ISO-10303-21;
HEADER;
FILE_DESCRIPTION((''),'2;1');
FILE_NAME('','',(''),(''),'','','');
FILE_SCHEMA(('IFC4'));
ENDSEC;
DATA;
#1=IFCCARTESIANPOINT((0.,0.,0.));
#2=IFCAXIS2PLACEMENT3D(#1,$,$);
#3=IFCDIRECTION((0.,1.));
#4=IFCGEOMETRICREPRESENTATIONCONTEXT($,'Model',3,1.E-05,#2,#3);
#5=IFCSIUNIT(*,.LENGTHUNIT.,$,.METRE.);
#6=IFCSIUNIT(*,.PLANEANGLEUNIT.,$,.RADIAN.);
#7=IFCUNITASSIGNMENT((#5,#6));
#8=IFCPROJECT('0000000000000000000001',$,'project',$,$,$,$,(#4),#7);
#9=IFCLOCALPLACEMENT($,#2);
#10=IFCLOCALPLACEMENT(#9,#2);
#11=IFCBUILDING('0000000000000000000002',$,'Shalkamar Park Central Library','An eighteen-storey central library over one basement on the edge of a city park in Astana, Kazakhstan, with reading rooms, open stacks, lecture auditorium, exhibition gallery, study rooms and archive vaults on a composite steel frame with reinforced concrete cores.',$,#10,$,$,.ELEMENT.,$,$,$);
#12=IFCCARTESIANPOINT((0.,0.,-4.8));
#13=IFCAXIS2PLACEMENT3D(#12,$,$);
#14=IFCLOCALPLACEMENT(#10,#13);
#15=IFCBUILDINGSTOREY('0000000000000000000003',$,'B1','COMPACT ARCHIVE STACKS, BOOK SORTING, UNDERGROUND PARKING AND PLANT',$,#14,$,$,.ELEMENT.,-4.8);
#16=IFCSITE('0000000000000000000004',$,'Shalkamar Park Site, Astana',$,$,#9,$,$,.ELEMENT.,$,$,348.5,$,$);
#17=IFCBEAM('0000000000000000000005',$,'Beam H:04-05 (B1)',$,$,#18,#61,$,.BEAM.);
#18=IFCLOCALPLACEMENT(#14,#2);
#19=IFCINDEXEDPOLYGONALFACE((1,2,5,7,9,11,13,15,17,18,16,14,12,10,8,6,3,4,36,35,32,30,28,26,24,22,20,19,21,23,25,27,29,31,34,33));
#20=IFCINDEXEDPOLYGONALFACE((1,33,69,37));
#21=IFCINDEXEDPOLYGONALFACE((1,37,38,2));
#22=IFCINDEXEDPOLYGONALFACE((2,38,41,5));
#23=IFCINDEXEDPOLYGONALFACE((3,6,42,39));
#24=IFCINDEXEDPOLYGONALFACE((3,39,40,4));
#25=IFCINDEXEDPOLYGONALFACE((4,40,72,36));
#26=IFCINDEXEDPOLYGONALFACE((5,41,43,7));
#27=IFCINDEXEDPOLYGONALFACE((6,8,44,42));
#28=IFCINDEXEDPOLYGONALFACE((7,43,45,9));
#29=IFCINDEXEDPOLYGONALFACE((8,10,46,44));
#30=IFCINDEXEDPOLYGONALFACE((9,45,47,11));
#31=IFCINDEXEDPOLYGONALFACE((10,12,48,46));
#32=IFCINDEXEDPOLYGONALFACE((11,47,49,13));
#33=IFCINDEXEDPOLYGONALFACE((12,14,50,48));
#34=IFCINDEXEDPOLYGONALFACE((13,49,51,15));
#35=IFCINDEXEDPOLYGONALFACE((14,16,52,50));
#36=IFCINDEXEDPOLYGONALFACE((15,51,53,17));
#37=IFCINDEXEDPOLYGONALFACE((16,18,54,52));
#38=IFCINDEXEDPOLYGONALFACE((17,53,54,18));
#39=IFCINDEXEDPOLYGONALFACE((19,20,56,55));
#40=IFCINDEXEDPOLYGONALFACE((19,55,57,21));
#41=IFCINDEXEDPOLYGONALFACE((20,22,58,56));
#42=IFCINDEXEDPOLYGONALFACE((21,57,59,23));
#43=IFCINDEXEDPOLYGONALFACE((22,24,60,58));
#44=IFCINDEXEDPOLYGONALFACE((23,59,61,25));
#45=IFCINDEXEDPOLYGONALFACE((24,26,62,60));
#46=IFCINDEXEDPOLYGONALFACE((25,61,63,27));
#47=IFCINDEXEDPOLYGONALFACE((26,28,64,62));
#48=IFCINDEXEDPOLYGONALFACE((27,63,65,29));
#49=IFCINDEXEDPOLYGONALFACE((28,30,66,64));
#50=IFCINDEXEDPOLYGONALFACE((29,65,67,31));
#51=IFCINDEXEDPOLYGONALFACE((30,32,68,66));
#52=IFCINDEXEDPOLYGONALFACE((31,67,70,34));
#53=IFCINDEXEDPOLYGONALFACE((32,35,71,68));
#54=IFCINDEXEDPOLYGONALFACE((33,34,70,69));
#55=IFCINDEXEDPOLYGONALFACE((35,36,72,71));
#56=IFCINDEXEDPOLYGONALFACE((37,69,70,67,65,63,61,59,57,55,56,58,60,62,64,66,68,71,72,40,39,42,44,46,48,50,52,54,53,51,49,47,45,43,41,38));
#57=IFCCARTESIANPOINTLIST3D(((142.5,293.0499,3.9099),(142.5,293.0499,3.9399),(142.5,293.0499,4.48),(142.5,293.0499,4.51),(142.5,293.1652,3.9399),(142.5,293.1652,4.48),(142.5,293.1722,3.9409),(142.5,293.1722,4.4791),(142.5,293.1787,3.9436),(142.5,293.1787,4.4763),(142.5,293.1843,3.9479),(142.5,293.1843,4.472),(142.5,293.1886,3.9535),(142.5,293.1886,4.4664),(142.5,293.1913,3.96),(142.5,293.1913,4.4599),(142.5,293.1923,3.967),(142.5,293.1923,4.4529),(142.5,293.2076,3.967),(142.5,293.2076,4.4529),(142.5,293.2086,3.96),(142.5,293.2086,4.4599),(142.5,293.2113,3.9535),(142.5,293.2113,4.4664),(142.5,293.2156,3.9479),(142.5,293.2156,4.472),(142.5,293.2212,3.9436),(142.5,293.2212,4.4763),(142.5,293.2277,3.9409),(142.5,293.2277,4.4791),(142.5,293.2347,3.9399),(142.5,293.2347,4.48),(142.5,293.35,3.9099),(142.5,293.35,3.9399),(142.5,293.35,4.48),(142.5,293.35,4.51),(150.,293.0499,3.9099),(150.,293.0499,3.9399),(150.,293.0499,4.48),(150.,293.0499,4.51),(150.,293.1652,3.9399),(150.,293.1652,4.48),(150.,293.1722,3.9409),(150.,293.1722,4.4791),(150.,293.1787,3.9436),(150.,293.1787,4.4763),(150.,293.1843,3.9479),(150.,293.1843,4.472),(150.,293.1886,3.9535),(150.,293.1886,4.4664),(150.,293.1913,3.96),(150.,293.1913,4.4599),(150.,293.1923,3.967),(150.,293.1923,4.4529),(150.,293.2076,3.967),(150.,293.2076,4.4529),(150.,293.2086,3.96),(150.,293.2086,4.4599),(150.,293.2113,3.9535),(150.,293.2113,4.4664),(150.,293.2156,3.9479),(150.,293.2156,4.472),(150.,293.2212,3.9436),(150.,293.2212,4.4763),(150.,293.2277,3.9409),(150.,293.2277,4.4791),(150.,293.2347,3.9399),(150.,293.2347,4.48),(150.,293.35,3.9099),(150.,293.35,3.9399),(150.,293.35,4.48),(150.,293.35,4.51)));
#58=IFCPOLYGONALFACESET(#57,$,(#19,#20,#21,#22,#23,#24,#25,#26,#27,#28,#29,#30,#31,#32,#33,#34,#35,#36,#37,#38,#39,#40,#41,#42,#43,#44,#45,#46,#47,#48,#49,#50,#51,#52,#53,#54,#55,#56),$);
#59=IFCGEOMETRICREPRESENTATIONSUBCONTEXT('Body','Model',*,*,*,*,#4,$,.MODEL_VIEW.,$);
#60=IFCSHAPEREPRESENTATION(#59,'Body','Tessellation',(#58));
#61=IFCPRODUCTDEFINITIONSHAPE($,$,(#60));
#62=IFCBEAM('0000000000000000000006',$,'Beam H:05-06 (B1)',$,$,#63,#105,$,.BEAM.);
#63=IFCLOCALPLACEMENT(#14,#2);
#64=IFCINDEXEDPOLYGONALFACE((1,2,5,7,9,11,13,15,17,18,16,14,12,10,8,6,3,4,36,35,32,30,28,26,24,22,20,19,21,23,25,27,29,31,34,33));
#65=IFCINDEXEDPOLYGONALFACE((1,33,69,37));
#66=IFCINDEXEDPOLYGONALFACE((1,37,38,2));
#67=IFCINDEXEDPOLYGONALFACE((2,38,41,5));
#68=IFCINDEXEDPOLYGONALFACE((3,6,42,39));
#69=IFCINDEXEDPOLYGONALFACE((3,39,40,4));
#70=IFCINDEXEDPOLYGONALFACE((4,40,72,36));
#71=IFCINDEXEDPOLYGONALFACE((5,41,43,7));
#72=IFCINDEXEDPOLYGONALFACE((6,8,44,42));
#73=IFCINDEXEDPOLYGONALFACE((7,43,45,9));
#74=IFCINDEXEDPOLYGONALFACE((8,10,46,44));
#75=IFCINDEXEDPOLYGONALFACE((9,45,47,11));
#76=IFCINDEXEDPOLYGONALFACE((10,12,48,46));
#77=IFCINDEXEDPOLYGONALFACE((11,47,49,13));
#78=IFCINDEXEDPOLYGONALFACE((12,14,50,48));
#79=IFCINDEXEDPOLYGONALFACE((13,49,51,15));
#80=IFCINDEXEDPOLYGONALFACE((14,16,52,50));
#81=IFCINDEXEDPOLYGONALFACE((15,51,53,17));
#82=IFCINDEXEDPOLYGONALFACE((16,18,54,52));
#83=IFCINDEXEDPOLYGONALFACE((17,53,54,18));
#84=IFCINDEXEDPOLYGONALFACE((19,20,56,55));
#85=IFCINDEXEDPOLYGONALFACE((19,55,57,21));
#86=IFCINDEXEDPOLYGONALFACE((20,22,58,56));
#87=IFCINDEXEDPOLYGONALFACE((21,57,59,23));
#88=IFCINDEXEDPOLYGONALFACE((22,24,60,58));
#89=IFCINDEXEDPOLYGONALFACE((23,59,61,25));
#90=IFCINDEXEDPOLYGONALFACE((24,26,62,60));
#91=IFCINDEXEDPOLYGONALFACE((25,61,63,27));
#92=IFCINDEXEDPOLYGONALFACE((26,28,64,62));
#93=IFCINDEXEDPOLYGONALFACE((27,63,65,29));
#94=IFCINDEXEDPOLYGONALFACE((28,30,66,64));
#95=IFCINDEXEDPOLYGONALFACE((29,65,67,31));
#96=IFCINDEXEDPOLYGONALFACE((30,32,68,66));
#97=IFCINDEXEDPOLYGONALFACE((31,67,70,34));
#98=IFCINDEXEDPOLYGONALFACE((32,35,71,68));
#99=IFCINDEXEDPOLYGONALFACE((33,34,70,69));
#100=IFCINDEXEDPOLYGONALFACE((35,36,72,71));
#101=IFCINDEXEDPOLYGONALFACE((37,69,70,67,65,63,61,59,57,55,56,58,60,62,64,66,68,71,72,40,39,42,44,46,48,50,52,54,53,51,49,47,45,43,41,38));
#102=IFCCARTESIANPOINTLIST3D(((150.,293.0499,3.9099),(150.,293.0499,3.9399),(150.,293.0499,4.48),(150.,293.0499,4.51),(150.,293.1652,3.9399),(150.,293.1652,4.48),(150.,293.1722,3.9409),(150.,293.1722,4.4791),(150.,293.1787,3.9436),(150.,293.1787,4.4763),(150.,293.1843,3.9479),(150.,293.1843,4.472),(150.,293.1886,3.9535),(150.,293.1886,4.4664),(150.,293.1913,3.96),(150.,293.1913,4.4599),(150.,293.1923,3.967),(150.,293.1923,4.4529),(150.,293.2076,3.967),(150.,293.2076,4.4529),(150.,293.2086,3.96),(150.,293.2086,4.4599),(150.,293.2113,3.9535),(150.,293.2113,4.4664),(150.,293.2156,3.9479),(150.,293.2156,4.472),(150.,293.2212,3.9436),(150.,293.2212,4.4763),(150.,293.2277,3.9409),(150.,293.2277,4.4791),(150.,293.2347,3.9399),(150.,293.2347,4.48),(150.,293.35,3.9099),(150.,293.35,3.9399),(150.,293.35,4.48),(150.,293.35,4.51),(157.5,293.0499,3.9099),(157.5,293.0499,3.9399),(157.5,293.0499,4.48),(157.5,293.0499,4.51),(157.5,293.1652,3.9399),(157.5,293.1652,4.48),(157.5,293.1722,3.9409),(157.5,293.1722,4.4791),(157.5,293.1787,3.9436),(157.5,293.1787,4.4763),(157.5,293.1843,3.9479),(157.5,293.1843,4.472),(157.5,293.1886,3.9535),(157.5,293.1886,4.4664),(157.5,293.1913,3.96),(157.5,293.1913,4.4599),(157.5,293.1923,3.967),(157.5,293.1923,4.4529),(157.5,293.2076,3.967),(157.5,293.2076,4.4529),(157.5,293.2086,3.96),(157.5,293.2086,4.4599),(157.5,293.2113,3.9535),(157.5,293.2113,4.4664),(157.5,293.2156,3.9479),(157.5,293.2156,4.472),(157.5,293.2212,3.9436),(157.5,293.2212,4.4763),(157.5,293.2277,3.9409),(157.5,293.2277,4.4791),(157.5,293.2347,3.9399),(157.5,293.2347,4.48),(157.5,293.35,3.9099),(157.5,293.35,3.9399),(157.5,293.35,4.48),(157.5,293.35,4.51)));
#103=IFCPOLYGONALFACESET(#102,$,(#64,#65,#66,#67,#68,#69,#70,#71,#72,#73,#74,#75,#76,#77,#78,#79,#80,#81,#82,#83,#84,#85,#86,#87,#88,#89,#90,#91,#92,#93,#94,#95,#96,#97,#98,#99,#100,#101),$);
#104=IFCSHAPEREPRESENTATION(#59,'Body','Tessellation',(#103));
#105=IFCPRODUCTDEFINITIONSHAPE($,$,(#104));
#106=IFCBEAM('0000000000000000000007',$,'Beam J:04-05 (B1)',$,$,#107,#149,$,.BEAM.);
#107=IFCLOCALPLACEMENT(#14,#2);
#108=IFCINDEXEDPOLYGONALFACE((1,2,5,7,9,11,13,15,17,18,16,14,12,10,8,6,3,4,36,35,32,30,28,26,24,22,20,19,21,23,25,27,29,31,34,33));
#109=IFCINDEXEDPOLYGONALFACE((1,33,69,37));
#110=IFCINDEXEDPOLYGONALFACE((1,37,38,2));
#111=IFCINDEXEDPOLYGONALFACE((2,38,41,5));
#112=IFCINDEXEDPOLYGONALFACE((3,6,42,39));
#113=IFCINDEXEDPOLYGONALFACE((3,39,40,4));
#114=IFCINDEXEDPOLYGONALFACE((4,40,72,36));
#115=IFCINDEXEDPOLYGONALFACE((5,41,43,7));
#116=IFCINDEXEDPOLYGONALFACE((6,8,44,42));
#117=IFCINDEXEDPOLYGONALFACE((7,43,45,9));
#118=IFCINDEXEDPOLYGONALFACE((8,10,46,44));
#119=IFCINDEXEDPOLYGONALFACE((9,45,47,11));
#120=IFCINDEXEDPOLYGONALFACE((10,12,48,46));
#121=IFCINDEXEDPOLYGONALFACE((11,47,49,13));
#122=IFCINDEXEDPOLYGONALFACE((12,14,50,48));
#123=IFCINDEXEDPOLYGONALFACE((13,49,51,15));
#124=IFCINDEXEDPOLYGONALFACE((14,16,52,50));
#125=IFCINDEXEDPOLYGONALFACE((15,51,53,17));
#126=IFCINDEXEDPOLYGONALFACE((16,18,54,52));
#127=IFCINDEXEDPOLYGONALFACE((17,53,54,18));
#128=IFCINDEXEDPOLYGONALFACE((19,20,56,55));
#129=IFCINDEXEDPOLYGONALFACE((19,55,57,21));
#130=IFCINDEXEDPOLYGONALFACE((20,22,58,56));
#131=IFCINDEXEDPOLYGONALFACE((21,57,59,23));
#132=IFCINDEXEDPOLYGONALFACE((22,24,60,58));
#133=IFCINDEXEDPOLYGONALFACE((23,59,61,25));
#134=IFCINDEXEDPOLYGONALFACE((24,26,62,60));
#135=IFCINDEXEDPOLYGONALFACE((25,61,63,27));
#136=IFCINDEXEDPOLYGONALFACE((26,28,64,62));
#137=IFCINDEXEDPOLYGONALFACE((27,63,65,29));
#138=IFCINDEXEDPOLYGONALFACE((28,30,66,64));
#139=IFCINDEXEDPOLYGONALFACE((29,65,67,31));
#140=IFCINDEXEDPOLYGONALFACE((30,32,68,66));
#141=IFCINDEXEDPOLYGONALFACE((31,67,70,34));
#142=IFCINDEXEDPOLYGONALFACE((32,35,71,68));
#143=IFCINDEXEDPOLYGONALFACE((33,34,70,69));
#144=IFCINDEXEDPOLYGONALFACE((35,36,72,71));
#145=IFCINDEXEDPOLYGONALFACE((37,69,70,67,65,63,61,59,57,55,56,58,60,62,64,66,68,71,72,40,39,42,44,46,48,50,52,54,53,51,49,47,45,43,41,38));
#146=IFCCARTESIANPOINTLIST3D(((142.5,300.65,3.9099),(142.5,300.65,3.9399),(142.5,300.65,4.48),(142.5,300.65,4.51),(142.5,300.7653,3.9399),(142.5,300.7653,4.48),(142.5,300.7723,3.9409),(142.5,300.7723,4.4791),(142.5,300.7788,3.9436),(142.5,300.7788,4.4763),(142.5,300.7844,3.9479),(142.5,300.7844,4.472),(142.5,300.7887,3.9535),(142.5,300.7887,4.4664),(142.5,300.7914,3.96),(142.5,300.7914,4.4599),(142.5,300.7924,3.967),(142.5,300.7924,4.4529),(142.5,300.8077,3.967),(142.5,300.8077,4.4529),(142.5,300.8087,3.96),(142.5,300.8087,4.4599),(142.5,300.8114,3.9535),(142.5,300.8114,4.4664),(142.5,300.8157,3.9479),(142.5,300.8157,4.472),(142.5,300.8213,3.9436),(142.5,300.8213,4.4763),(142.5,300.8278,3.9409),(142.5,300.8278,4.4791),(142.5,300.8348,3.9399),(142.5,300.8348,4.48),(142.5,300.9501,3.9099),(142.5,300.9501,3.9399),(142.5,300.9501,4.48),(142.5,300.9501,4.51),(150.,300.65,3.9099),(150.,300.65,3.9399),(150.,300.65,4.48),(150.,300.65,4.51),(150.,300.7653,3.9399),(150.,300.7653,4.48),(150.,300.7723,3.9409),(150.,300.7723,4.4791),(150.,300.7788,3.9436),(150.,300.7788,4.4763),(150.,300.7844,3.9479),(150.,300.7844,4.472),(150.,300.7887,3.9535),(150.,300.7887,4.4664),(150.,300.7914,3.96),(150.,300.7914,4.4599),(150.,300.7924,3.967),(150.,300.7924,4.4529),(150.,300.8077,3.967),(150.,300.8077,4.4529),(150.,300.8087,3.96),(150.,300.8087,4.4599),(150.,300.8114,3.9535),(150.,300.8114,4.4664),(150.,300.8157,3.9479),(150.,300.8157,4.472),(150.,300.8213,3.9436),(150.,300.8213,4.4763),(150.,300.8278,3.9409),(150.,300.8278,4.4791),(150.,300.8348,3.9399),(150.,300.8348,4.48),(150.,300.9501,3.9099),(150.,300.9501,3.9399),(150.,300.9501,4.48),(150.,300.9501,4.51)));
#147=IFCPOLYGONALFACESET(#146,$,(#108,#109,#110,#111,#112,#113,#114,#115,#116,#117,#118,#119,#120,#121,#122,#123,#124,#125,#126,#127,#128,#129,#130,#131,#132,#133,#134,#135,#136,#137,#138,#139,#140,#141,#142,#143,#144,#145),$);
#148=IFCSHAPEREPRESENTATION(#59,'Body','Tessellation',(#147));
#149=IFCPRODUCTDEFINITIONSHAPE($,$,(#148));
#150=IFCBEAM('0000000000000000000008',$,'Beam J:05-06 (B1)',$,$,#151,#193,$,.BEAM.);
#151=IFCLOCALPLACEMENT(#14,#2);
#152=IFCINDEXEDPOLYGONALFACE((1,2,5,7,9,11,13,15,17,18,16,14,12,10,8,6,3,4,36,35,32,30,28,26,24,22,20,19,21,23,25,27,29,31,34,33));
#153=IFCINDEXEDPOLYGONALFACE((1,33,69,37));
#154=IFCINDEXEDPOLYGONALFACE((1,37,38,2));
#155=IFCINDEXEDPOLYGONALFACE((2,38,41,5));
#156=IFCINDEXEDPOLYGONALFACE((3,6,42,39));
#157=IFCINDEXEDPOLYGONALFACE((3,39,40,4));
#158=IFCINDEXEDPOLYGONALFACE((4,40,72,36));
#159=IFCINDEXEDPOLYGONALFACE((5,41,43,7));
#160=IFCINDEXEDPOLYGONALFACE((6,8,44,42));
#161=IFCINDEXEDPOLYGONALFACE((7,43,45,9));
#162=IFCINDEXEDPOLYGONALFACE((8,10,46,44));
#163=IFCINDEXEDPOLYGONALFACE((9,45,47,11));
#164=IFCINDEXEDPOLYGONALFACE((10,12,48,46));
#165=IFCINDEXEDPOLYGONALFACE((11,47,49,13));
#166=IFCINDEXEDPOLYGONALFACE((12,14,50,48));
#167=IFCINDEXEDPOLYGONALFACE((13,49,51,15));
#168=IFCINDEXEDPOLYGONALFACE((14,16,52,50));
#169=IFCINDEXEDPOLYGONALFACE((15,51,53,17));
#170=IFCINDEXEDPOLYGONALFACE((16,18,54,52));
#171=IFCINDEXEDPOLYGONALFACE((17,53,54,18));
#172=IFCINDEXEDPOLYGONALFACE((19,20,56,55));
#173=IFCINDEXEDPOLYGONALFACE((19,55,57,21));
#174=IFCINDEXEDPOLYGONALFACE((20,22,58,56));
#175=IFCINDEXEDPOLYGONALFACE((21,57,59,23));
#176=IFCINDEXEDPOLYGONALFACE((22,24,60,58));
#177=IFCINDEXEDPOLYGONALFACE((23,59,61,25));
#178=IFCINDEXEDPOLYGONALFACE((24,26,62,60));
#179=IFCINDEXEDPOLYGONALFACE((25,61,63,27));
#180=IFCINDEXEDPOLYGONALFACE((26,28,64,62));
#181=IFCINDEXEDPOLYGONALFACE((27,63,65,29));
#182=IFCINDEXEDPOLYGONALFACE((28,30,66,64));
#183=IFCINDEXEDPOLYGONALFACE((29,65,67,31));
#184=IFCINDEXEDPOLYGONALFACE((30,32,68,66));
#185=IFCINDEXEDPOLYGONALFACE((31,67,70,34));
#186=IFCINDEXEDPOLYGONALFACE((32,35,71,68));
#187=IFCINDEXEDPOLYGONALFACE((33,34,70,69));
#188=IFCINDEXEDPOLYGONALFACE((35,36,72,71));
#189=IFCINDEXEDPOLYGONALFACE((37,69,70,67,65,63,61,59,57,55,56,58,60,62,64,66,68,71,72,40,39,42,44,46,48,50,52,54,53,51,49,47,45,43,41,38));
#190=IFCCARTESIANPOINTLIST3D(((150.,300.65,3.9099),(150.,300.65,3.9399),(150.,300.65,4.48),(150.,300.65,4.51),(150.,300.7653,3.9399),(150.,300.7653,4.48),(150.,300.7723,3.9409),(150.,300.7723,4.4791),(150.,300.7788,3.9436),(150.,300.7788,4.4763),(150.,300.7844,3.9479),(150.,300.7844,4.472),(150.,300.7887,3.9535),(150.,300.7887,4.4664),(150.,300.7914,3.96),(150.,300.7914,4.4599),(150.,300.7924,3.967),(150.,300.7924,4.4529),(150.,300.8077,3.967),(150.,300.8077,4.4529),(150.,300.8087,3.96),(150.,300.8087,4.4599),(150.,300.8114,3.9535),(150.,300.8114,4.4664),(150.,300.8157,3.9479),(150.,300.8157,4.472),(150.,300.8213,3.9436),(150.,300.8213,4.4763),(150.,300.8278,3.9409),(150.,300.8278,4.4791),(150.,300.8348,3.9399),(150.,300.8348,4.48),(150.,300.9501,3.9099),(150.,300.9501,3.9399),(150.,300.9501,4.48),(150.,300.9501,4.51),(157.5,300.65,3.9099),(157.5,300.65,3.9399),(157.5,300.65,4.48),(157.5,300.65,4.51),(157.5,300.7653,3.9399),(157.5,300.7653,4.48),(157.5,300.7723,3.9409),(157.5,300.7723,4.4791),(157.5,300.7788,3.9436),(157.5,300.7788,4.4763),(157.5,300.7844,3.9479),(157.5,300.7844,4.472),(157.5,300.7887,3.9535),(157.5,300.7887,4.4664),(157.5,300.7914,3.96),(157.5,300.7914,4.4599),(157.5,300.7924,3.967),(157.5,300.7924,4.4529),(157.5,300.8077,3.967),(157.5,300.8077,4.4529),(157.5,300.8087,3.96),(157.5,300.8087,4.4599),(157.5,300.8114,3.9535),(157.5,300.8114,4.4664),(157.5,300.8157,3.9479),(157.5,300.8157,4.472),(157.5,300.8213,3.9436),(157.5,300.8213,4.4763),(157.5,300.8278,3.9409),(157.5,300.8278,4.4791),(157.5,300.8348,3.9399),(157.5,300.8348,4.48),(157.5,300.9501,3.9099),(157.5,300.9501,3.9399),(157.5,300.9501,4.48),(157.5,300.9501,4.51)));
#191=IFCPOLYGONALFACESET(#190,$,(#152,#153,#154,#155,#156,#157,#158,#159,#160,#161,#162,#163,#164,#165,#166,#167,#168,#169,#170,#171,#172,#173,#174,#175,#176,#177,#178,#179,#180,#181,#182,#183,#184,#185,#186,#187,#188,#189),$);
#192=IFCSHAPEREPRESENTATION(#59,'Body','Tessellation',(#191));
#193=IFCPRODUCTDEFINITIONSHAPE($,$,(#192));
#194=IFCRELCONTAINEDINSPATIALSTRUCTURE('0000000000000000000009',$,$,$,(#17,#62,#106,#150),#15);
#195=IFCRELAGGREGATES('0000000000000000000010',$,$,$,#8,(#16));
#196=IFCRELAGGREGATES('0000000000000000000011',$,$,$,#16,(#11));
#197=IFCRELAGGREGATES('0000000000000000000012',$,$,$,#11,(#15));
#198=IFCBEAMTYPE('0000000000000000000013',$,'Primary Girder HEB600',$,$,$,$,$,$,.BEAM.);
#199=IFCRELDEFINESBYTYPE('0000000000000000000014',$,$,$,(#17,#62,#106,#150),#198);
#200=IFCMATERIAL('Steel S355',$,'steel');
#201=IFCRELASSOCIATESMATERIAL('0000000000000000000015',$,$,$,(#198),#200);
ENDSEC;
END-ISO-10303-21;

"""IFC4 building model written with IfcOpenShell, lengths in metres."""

from ifc_helpers import new_model, si_unit, direction, frame, origin, origin_2d, place, context, subcontext, project, spatial, i_section, extrude, material, material_profile, profile_set, type_object, element, save


model = new_model("IFC4")

# Units and contexts
model_context = context("Model", 3, precision=1e-05, world=origin(), true_north=direction((0.0, 1.0)))
body_context = subcontext(model_context, "Body", "Model", "MODEL_VIEW")
ifc_project = project(units=[si_unit("LENGTHUNIT", "METRE"), si_unit("PLANEANGLEUNIT", "RADIAN")], contexts=[model_context])

# Site, building, storey
site_placement = place(None, origin())
site = spatial("IfcSite", under=ifc_project, at=site_placement, Name="Shalkamar Park Site, Astana", CompositionType="ELEMENT", RefElevation=348.5)
building_placement = place(site_placement, origin())
building = spatial("IfcBuilding", under=site, at=building_placement, Name="Shalkamar Park Central Library", Description="An eighteen-storey central library over one basement on the edge of a city park in Astana, Kazakhstan, with reading rooms, open stacks, lecture auditorium, exhibition gallery, study rooms and archive vaults on a composite steel frame with reinforced concrete cores.", CompositionType="ELEMENT")
storey_placement = place(building_placement, frame((0.0, 0.0, -4.8)))
storey = spatial("IfcBuildingStorey", under=building, at=storey_placement, Name="B1", Description="COMPACT ARCHIVE STACKS, BOOK SORTING, UNDERGROUND PARKING AND PLANT", CompositionType="ELEMENT", Elevation=-4.8)

# Shared definitions
ifc_material_1 = material(Name="Steel S355", Category="steel")

# Beams
ifc_material_profile_1 = material_profile(ifc_material_1, i_section(OverallWidth=0.3, OverallDepth=0.6001, WebThickness=0.0154, FlangeThickness=0.03, FilletRadius=0.0271, at=origin_2d()), Name="HEB 600")
ifc_profile_set_1 = profile_set([ifc_material_profile_1], Name="Steel S355")
beam_type = type_object("IfcBeamType", Name="Primary Girder HEB600", PredefinedType="BEAM", material=ifc_profile_set_1)
for number, where, z_axis, x_axis, name in (
    (1, (142.5, 293.2, 4.21), (1.0, 0.0, 0.0), (0.0, 1.0, 0.0), "Beam H:04-05 (B1)"),
    (2, (150.0, 293.2, 4.21), (1.0, 0.0, 0.0), (0.0, 1.0, 0.0), "Beam H:05-06 (B1)"),
    (3, (142.5, 300.8, 4.21), (1.0, 0.0, 0.0), (0.0, 1.0, 0.0), "Beam J:04-05 (B1)"),
    (4, (150.0, 300.8, 4.21), (1.0, 0.0, 0.0), (0.0, 1.0, 0.0), "Beam J:05-06 (B1)"),
):
    element("IfcBeam", number, at=place(storey_placement, frame(where, z_axis=z_axis, x_axis=x_axis)), inside=storey, type_object=beam_type, Name=name, PredefinedType="BEAM", context=body_context, shape_type="SweptSolid", body=[
        extrude(i_section(OverallWidth=0.3, OverallDepth=0.6001, WebThickness=0.0154, FlangeThickness=0.03, FilletRadius=0.0271, at=origin_2d()), origin(), (0.0, 0.0, 1.0), 7.5),
    ])

save(model, "model.ifc")
